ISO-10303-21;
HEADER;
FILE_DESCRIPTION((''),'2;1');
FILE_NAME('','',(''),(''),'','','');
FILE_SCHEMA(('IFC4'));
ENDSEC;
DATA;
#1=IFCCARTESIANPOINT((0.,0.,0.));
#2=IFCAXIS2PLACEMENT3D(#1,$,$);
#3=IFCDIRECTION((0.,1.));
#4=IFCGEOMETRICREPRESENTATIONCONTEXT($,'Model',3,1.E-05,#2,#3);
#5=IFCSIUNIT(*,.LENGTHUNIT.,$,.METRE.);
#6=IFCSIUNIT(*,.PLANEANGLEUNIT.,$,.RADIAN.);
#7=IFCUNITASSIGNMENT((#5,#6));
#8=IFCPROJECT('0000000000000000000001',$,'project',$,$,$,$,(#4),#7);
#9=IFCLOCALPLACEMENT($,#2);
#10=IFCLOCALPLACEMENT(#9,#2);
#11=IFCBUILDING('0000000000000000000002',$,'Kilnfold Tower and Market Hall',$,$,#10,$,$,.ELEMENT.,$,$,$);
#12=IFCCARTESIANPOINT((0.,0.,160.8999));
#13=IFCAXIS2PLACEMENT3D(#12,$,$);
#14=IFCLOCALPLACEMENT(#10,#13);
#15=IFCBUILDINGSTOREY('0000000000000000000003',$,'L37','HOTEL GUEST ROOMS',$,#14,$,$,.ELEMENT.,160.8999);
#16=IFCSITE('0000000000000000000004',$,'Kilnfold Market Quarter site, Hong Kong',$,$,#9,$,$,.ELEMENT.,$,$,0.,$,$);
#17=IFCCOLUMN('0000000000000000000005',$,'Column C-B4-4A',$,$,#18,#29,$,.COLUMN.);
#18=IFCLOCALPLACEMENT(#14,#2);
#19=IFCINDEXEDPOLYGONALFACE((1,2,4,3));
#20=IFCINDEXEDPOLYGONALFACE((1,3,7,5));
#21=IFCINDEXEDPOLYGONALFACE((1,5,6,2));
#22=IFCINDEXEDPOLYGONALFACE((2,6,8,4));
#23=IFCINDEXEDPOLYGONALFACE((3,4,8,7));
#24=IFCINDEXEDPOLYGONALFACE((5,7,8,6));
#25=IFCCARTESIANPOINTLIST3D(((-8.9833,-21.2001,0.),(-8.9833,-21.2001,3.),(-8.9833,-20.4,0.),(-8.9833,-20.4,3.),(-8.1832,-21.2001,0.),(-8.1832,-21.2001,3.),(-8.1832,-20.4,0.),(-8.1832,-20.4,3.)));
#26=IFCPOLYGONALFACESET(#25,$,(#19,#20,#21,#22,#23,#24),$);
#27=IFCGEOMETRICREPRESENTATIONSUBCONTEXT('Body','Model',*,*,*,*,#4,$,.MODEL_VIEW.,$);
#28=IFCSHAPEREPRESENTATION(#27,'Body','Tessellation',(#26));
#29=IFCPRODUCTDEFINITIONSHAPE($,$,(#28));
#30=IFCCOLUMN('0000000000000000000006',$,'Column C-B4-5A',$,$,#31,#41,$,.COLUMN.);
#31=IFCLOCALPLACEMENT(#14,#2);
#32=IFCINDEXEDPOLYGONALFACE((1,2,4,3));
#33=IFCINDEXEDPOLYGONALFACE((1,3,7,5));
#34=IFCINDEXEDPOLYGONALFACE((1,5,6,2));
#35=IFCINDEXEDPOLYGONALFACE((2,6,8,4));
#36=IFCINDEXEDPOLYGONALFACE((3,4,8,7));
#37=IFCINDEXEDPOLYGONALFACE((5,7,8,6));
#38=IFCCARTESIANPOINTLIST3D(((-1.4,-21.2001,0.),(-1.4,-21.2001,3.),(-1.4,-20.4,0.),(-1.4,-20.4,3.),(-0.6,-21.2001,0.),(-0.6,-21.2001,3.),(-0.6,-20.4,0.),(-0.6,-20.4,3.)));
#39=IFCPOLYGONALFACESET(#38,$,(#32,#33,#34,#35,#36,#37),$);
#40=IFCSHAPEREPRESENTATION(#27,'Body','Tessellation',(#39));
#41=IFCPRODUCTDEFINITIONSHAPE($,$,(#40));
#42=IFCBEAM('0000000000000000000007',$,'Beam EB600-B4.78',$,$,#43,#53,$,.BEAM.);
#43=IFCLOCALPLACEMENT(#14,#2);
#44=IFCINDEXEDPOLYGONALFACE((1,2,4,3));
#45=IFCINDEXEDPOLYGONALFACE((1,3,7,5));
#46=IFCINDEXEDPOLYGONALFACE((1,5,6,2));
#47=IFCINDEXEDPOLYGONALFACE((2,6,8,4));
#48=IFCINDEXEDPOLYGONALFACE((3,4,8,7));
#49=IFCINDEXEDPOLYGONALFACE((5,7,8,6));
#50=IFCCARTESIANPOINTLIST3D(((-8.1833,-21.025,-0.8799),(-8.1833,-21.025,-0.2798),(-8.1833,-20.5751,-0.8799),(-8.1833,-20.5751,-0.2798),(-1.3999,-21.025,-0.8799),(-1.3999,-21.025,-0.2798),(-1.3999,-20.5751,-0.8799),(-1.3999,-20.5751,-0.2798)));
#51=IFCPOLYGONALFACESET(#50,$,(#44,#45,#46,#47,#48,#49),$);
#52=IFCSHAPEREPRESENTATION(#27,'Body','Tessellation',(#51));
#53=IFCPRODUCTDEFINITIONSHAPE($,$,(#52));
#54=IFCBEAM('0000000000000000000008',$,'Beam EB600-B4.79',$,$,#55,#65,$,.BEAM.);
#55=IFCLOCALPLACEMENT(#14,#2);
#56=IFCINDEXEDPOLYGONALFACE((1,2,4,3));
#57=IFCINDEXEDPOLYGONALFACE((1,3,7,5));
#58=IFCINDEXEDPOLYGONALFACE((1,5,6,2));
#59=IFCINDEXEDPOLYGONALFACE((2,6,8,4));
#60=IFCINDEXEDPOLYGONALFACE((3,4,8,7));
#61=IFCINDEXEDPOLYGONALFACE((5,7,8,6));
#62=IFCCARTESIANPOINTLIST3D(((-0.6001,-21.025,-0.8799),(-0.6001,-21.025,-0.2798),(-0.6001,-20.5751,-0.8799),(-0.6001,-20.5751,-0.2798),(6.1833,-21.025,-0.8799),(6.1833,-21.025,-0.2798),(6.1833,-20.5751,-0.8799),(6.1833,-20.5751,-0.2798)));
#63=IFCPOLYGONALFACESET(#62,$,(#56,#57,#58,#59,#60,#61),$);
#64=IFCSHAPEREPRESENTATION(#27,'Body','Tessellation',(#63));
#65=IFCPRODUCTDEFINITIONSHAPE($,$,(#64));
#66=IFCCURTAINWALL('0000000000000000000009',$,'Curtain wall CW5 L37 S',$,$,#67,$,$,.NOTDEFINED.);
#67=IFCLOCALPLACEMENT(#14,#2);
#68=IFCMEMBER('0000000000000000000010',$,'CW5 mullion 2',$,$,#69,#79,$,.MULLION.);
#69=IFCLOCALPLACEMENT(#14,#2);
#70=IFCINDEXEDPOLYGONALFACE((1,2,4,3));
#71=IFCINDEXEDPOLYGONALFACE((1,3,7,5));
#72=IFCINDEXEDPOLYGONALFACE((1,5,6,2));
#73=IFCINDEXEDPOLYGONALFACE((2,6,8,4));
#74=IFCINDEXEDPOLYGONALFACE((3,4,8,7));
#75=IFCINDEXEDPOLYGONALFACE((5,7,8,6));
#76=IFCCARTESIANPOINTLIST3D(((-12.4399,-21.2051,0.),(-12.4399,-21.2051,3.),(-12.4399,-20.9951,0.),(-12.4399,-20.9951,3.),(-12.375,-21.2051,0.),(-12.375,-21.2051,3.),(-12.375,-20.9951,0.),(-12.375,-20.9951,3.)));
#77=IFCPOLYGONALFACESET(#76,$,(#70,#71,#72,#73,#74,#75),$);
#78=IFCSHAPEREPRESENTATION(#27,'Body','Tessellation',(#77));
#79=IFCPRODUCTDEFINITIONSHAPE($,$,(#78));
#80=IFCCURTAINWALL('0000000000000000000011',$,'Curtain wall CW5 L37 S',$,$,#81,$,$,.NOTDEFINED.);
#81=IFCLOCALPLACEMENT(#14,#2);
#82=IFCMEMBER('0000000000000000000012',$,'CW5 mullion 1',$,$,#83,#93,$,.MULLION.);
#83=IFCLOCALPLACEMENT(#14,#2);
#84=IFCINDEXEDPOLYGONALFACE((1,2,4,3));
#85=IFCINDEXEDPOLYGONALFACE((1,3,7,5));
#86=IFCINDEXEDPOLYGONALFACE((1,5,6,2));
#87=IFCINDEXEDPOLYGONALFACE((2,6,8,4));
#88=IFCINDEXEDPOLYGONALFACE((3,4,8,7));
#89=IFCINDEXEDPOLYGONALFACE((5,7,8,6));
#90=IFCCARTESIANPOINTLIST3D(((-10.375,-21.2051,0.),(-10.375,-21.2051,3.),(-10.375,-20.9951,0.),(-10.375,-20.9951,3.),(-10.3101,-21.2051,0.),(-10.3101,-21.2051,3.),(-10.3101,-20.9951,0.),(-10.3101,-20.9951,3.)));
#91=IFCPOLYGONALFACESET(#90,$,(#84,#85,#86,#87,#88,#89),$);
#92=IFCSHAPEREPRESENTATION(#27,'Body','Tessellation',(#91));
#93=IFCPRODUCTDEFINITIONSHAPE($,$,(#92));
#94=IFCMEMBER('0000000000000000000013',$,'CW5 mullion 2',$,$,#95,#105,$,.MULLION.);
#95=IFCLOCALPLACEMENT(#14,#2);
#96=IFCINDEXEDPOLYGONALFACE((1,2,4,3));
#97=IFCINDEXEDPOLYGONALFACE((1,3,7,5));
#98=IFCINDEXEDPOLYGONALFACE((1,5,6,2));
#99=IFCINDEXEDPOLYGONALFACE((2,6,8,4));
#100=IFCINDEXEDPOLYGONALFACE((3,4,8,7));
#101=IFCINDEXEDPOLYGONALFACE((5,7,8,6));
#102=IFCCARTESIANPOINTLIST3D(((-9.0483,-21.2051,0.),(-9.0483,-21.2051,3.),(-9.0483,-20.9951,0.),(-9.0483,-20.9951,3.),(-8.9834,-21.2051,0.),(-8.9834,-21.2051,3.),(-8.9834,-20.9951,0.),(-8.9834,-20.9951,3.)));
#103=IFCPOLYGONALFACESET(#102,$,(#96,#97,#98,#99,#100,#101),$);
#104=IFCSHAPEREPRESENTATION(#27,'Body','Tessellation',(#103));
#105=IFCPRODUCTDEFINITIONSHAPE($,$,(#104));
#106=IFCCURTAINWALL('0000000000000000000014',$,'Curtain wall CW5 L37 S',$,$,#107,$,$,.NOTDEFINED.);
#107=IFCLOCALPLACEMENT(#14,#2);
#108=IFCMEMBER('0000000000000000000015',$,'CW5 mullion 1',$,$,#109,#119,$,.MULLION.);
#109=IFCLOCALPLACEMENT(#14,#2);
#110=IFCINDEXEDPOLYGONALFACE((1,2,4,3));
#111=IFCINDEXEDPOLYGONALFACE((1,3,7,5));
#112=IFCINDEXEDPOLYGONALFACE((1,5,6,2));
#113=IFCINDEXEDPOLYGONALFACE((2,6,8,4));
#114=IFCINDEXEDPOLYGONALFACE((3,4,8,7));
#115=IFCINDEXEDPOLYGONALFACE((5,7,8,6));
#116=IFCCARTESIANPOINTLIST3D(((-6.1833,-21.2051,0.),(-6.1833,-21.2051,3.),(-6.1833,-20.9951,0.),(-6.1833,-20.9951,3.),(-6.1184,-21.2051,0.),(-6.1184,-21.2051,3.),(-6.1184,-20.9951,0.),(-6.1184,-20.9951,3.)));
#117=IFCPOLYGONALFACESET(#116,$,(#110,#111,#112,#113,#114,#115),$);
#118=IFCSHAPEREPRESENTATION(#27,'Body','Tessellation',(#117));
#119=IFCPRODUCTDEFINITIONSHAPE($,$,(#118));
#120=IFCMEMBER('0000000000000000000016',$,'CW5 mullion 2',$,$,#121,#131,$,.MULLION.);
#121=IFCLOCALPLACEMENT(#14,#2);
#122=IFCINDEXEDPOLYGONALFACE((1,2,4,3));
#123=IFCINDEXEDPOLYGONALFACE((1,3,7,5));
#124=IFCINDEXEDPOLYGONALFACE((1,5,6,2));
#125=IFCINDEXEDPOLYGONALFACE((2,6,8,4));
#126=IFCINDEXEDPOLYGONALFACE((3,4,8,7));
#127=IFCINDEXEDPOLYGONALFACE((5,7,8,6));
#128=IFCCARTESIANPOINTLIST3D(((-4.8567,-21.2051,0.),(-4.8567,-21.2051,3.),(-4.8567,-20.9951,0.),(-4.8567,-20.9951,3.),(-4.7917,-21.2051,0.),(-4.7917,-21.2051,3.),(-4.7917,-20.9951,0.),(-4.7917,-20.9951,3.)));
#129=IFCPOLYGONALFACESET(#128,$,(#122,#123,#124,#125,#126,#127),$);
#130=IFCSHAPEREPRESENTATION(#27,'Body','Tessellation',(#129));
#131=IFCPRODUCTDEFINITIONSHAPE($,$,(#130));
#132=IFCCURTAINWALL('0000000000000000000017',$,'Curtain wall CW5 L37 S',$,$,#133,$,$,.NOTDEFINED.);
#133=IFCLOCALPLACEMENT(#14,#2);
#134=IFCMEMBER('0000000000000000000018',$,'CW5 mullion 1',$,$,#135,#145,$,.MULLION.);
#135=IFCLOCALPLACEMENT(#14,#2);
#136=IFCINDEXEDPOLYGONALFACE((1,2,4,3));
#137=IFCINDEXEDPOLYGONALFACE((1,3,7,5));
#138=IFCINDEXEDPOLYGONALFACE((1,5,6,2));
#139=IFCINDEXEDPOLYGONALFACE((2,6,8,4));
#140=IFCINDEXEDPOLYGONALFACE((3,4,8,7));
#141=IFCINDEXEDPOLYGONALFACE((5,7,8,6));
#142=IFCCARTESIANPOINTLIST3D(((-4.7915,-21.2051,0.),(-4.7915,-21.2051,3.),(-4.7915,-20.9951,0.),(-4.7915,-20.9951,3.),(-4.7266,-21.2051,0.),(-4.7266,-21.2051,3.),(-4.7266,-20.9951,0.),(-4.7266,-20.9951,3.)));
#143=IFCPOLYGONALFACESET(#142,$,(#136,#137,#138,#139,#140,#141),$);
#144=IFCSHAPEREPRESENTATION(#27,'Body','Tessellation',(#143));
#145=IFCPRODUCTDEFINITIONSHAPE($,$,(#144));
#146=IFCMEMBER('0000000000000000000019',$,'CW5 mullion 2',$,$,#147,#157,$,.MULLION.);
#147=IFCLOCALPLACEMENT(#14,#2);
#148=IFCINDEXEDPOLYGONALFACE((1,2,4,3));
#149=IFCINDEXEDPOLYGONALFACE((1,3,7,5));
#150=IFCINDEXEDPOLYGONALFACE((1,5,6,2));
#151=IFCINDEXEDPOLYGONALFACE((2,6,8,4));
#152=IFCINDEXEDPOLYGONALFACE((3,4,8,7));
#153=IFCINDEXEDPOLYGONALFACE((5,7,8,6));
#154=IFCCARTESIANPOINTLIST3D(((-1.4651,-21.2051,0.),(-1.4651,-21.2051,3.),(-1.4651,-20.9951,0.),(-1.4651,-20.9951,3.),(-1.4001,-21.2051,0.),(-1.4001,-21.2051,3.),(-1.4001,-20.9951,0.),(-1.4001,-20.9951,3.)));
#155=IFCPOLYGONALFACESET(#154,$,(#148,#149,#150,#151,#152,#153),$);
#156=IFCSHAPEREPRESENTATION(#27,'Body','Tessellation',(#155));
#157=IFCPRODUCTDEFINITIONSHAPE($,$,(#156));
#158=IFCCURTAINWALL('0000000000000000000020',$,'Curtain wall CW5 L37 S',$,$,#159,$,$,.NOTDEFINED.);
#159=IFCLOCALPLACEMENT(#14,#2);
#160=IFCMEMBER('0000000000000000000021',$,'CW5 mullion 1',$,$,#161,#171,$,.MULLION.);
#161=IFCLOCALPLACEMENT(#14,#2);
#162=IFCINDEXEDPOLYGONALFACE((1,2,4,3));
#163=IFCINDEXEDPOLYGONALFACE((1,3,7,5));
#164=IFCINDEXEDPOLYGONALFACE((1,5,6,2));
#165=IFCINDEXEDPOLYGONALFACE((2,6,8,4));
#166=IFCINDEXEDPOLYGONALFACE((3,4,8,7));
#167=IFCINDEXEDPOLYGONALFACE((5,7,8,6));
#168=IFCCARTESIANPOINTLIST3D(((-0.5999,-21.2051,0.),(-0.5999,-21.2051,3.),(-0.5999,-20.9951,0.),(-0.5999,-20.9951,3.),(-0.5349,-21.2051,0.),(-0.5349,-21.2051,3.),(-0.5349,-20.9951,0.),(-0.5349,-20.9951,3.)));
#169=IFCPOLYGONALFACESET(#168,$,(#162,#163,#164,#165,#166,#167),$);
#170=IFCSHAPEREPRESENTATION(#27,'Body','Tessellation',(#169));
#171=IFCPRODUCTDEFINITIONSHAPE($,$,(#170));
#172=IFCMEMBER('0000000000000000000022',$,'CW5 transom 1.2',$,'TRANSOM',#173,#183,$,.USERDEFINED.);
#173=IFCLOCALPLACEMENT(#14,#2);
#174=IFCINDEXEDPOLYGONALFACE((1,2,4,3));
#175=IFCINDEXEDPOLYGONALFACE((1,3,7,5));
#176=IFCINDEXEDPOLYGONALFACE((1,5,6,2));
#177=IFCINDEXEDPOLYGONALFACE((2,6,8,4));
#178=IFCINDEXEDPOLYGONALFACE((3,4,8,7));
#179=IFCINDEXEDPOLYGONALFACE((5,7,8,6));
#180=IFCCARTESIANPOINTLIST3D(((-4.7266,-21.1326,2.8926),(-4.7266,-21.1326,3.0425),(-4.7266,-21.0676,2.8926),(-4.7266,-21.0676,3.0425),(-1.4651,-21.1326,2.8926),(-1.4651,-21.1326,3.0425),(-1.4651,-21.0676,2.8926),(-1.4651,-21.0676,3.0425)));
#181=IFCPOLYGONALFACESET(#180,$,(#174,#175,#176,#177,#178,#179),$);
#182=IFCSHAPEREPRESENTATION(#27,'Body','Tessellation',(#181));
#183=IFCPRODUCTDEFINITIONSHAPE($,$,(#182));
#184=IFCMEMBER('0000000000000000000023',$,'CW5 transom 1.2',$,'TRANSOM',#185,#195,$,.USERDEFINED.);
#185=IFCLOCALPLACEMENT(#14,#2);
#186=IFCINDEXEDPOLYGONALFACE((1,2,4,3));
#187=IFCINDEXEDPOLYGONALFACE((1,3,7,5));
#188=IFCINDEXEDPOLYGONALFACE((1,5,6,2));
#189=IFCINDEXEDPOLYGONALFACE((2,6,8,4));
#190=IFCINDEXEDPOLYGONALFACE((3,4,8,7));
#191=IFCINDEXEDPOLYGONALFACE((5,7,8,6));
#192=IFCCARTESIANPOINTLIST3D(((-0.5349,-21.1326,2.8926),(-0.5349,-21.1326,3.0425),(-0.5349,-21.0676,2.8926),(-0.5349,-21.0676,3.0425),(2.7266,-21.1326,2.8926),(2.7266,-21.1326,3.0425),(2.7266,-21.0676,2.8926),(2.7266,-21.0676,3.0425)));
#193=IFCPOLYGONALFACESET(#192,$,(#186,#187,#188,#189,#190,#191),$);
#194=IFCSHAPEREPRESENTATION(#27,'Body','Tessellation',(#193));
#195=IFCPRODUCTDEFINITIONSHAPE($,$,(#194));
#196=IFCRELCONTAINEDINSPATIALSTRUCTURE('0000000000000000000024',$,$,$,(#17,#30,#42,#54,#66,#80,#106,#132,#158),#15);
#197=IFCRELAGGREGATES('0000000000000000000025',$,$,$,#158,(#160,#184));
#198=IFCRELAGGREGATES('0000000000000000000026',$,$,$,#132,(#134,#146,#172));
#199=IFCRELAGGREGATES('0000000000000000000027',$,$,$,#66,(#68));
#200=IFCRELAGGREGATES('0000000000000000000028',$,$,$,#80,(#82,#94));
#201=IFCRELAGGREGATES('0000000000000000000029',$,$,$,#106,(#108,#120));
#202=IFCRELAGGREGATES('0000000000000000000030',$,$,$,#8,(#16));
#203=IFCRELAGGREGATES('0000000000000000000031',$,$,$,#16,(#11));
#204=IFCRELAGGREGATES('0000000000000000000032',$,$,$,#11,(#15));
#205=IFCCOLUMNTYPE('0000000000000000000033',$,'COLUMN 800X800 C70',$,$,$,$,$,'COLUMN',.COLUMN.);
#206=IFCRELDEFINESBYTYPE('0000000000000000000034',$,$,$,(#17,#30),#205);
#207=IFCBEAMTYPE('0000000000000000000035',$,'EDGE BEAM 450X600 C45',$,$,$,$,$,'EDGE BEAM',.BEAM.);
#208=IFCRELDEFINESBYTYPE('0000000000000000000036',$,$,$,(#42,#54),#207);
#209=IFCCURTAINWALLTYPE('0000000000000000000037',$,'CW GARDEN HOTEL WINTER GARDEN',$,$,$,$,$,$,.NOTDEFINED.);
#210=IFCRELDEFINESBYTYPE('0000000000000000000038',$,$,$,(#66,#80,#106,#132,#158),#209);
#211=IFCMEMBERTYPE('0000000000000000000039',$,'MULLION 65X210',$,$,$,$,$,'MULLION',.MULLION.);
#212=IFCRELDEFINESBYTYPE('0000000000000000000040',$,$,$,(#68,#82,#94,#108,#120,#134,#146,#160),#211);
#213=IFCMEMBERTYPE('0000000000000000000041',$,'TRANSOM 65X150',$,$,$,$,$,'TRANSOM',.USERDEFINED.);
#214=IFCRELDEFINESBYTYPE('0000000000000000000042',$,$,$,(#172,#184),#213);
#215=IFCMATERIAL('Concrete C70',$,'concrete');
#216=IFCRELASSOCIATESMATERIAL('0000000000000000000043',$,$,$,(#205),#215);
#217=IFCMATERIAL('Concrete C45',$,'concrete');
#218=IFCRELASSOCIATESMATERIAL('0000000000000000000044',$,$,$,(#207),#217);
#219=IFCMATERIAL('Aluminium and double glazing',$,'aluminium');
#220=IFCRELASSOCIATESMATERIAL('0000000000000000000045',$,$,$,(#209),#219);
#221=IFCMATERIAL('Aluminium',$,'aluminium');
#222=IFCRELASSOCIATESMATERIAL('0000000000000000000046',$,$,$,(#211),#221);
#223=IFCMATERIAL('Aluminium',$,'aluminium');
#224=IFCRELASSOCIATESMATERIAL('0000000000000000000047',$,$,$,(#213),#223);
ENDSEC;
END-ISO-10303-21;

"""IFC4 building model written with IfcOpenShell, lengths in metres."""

from ifc_helpers import new_model, si_unit, direction, frame, origin, origin_2d, place, context, subcontext, project, spatial, rectangle, extrude, source, transform, mapped, material, material_profile, profile_set, type_object, element, aggregate, save


model = new_model("IFC4")

# Units and contexts
model_context = context("Model", 3, precision=1e-05, world=origin(), true_north=direction((0.0, 1.0)))
body_context = subcontext(model_context, "Body", "Model", "MODEL_VIEW")
ifc_project = project(units=[si_unit("LENGTHUNIT", "METRE"), si_unit("PLANEANGLEUNIT", "RADIAN")], contexts=[model_context])

# Site, building, storey
site_placement = place(None, origin())
site = spatial("IfcSite", under=ifc_project, at=site_placement, Name="Kilnfold Market Quarter site, Hong Kong", CompositionType="ELEMENT", RefElevation=0.0)
building_placement = place(site_placement, origin())
building = spatial("IfcBuilding", under=site, at=building_placement, Name="Kilnfold Tower and Market Hall", CompositionType="ELEMENT")
storey_placement = place(building_placement, frame((0.0, 0.0, 160.8999)))
storey = spatial("IfcBuildingStorey", under=building, at=storey_placement, Name="L37", Description="HOTEL GUEST ROOMS", CompositionType="ELEMENT", Elevation=160.8999)

# Columns
ifc_material_1 = material(Name="Concrete C70", Category="concrete")
ifc_material_profile_1 = material_profile(ifc_material_1, rectangle(XDim=0.8, YDim=0.8, at=origin_2d()), Name="RC 800x800")
ifc_profile_set_1 = profile_set([ifc_material_profile_1], Name="Concrete C70")
column_type = type_object("IfcColumnType", Name="COLUMN 800X800 C70", ElementType="COLUMN", PredefinedType="COLUMN", material=ifc_profile_set_1)
shared_shape_1 = source(origin(), body_context, "Body", "SweptSolid", [
    extrude(rectangle(XDim=0.8, YDim=0.8, at=origin_2d()), origin(), (0.0, 0.0, 1.0), 3.0),
])
for number, where, z_axis, x_axis, name in (
    (1, (-8.5833, -20.8, 0.0), (0.0, 0.0, 1.0), (1.0, 0.0, 0.0), "Column C-B4-4A"),
    (2, (-1.0, -20.8, 0.0), (0.0, 0.0, 1.0), (1.0, 0.0, 0.0), "Column C-B4-5A"),
):
    element("IfcColumn", number, at=place(storey_placement, frame(where, z_axis=z_axis, x_axis=x_axis)), inside=storey, type_object=column_type, Name=name, PredefinedType="COLUMN", context=body_context, shape_type="MappedRepresentation", body=[
        mapped(shared_shape_1, transform((0.0, 0.0, 0.0))),
    ])

# Beams
ifc_material_2 = material(Name="Concrete C45", Category="concrete")
ifc_material_profile_2 = material_profile(ifc_material_2, rectangle(XDim=0.45, YDim=0.6001, at=origin_2d()), Name="RC 450x600")
ifc_profile_set_2 = profile_set([ifc_material_profile_2], Name="Concrete C45")
beam_type = type_object("IfcBeamType", Name="EDGE BEAM 450X600 C45", ElementType="EDGE BEAM", PredefinedType="BEAM", material=ifc_profile_set_2)
shared_shape_2 = source(origin(), body_context, "Body", "SweptSolid", [
    extrude(rectangle(XDim=0.45, YDim=0.6001, at=origin_2d()), origin(), (0.0, 0.0, 1.0), 6.7834),
])
for number, where, z_axis, x_axis, name in (
    (3, (-8.1833, -20.8, -0.5798), (1.0, 0.0, 0.0), (0.0, 1.0, 0.0), "Beam EB600-B4.78"),
    (4, (-0.6001, -20.8, -0.5798), (1.0, 0.0, 0.0), (0.0, 1.0, 0.0), "Beam EB600-B4.79"),
):
    element("IfcBeam", number, at=place(storey_placement, frame(where, z_axis=z_axis, x_axis=x_axis)), inside=storey, type_object=beam_type, Name=name, PredefinedType="BEAM", context=body_context, shape_type="MappedRepresentation", body=[
        mapped(shared_shape_2, transform((0.0, 0.0, 0.0))),
    ])

# Curtain wall, member
ifc_material_3 = material(Name="Aluminium and double glazing", Category="aluminium")
curtain_wall_type = type_object("IfcCurtainWallType", Name="CW GARDEN HOTEL WINTER GARDEN", PredefinedType="NOTDEFINED", material=ifc_material_3)
curtain_wall_1_placement = place(storey_placement, origin())
curtain_wall_1 = element("IfcCurtainWall", 5, at=curtain_wall_1_placement, inside=storey, type_object=curtain_wall_type, Name="Curtain wall CW5 L37 S", PredefinedType="NOTDEFINED")
ifc_material_4 = material(Name="Aluminium", Category="aluminium")
ifc_material_profile_3 = material_profile(ifc_material_4, rectangle(XDim=0.0649, YDim=0.21, at=origin_2d()), Name="MULLION 65x210")
ifc_profile_set_3 = profile_set([ifc_material_profile_3], Name="Aluminium")
member_type_1 = type_object("IfcMemberType", Name="MULLION 65X210", ElementType="MULLION", PredefinedType="MULLION", material=ifc_profile_set_3)
shared_shape_3 = source(origin(), body_context, "Body", "SweptSolid", [
    extrude(rectangle(XDim=0.0649, YDim=0.21, at=origin_2d()), origin(), (0.0, 0.0, 1.0), 3.0),
])
member_1_placement = place(storey_placement, frame((-12.4075, -21.1001, 0.0), z_axis=(0.0, 0.0, 1.0), x_axis=(1.0, 0.0, 0.0)))
member_1 = element("IfcMember", 6, at=member_1_placement, type_object=member_type_1, Name="CW5 mullion 2", PredefinedType="MULLION", context=body_context, shape_type="MappedRepresentation", body=[
    mapped(shared_shape_3, transform((0.0, 0.0, 0.0))),
])

# Curtain walls, members
curtain_wall_2_placement = place(storey_placement, origin())
curtain_wall_2 = element("IfcCurtainWall", 7, at=curtain_wall_2_placement, inside=storey, type_object=curtain_wall_type, Name="Curtain wall CW5 L37 S", PredefinedType="NOTDEFINED")
member_2_placement = place(storey_placement, frame((-10.3425, -21.1001, 0.0), z_axis=(0.0, 0.0, 1.0), x_axis=(1.0, 0.0, 0.0)))
member_2 = element("IfcMember", 8, at=member_2_placement, type_object=member_type_1, Name="CW5 mullion 1", PredefinedType="MULLION", context=body_context, shape_type="MappedRepresentation", body=[
    mapped(shared_shape_3, transform((0.0, 0.0, 0.0))),
])
member_3_placement = place(storey_placement, frame((-9.0159, -21.1001, 0.0), z_axis=(0.0, 0.0, 1.0), x_axis=(1.0, 0.0, 0.0)))
member_3 = element("IfcMember", 9, at=member_3_placement, type_object=member_type_1, Name="CW5 mullion 2", PredefinedType="MULLION", context=body_context, shape_type="MappedRepresentation", body=[
    mapped(shared_shape_3, transform((0.0, 0.0, 0.0))),
])
curtain_wall_3_placement = place(storey_placement, origin())
curtain_wall_3 = element("IfcCurtainWall", 10, at=curtain_wall_3_placement, inside=storey, type_object=curtain_wall_type, Name="Curtain wall CW5 L37 S", PredefinedType="NOTDEFINED")
member_4_placement = place(storey_placement, frame((-6.1509, -21.1001, 0.0), z_axis=(0.0, 0.0, 1.0), x_axis=(1.0, 0.0, 0.0)))
member_4 = element("IfcMember", 11, at=member_4_placement, type_object=member_type_1, Name="CW5 mullion 1", PredefinedType="MULLION", context=body_context, shape_type="MappedRepresentation", body=[
    mapped(shared_shape_3, transform((0.0, 0.0, 0.0))),
])
member_5_placement = place(storey_placement, frame((-4.8242, -21.1001, 0.0), z_axis=(0.0, 0.0, 1.0), x_axis=(1.0, 0.0, 0.0)))
member_5 = element("IfcMember", 12, at=member_5_placement, type_object=member_type_1, Name="CW5 mullion 2", PredefinedType="MULLION", context=body_context, shape_type="MappedRepresentation", body=[
    mapped(shared_shape_3, transform((0.0, 0.0, 0.0))),
])
curtain_wall_4_placement = place(storey_placement, origin())
curtain_wall_4 = element("IfcCurtainWall", 13, at=curtain_wall_4_placement, inside=storey, type_object=curtain_wall_type, Name="Curtain wall CW5 L37 S", PredefinedType="NOTDEFINED")
member_6_placement = place(storey_placement, frame((-4.759, -21.1001, 0.0), z_axis=(0.0, 0.0, 1.0), x_axis=(1.0, 0.0, 0.0)))
member_6 = element("IfcMember", 14, at=member_6_placement, type_object=member_type_1, Name="CW5 mullion 1", PredefinedType="MULLION", context=body_context, shape_type="MappedRepresentation", body=[
    mapped(shared_shape_3, transform((0.0, 0.0, 0.0))),
])
member_7_placement = place(storey_placement, frame((-1.4326, -21.1001, 0.0), z_axis=(0.0, 0.0, 1.0), x_axis=(1.0, 0.0, 0.0)))
member_7 = element("IfcMember", 15, at=member_7_placement, type_object=member_type_1, Name="CW5 mullion 2", PredefinedType="MULLION", context=body_context, shape_type="MappedRepresentation", body=[
    mapped(shared_shape_3, transform((0.0, 0.0, 0.0))),
])

# Curtain wall, member
curtain_wall_5_placement = place(storey_placement, origin())
curtain_wall_5 = element("IfcCurtainWall", 16, at=curtain_wall_5_placement, inside=storey, type_object=curtain_wall_type, Name="Curtain wall CW5 L37 S", PredefinedType="NOTDEFINED")
member_8_placement = place(storey_placement, frame((-0.5674, -21.1001, 0.0), z_axis=(0.0, 0.0, 1.0), x_axis=(1.0, 0.0, 0.0)))
member_8 = element("IfcMember", 17, at=member_8_placement, type_object=member_type_1, Name="CW5 mullion 1", PredefinedType="MULLION", context=body_context, shape_type="MappedRepresentation", body=[
    mapped(shared_shape_3, transform((0.0, 0.0, 0.0))),
])

# Members
ifc_material_5 = material(Name="Aluminium", Category="aluminium")
ifc_material_profile_4 = material_profile(ifc_material_5, rectangle(XDim=0.0649, YDim=0.1499, at=origin_2d()), Name="TRANSOM 65x150")
ifc_profile_set_4 = profile_set([ifc_material_profile_4], Name="Aluminium")
member_type_2 = type_object("IfcMemberType", Name="TRANSOM 65X150", ElementType="TRANSOM", PredefinedType="USERDEFINED", material=ifc_profile_set_4)
shared_shape_4 = source(origin(), body_context, "Body", "SweptSolid", [
    extrude(rectangle(XDim=0.0649, YDim=0.1499, at=origin_2d()), origin(), (0.0, 0.0, 1.0), 3.2615),
])
member_9_placement = place(storey_placement, frame((-4.7266, -21.1001, 2.9675), z_axis=(1.0, 0.0, 0.0), x_axis=(0.0, 1.0, 0.0)))
member_9 = element("IfcMember", 18, at=member_9_placement, type_object=member_type_2, Name="CW5 transom 1.2", ObjectType="TRANSOM", PredefinedType="USERDEFINED", context=body_context, shape_type="MappedRepresentation", body=[
    mapped(shared_shape_4, transform((0.0, 0.0, 0.0))),
])
member_10_placement = place(storey_placement, frame((-0.5349, -21.1001, 2.9675), z_axis=(1.0, 0.0, 0.0), x_axis=(0.0, 1.0, 0.0)))
member_10 = element("IfcMember", 19, at=member_10_placement, type_object=member_type_2, Name="CW5 transom 1.2", ObjectType="TRANSOM", PredefinedType="USERDEFINED", context=body_context, shape_type="MappedRepresentation", body=[
    mapped(shared_shape_4, transform((0.0, 0.0, 0.0))),
])
aggregate(curtain_wall_5, [member_8, member_10])

aggregate(curtain_wall_4, [member_6, member_7, member_9])
aggregate(curtain_wall_1, [member_1])
aggregate(curtain_wall_2, [member_2, member_3])
aggregate(curtain_wall_3, [member_4, member_5])

save(model, "model.ifc")
